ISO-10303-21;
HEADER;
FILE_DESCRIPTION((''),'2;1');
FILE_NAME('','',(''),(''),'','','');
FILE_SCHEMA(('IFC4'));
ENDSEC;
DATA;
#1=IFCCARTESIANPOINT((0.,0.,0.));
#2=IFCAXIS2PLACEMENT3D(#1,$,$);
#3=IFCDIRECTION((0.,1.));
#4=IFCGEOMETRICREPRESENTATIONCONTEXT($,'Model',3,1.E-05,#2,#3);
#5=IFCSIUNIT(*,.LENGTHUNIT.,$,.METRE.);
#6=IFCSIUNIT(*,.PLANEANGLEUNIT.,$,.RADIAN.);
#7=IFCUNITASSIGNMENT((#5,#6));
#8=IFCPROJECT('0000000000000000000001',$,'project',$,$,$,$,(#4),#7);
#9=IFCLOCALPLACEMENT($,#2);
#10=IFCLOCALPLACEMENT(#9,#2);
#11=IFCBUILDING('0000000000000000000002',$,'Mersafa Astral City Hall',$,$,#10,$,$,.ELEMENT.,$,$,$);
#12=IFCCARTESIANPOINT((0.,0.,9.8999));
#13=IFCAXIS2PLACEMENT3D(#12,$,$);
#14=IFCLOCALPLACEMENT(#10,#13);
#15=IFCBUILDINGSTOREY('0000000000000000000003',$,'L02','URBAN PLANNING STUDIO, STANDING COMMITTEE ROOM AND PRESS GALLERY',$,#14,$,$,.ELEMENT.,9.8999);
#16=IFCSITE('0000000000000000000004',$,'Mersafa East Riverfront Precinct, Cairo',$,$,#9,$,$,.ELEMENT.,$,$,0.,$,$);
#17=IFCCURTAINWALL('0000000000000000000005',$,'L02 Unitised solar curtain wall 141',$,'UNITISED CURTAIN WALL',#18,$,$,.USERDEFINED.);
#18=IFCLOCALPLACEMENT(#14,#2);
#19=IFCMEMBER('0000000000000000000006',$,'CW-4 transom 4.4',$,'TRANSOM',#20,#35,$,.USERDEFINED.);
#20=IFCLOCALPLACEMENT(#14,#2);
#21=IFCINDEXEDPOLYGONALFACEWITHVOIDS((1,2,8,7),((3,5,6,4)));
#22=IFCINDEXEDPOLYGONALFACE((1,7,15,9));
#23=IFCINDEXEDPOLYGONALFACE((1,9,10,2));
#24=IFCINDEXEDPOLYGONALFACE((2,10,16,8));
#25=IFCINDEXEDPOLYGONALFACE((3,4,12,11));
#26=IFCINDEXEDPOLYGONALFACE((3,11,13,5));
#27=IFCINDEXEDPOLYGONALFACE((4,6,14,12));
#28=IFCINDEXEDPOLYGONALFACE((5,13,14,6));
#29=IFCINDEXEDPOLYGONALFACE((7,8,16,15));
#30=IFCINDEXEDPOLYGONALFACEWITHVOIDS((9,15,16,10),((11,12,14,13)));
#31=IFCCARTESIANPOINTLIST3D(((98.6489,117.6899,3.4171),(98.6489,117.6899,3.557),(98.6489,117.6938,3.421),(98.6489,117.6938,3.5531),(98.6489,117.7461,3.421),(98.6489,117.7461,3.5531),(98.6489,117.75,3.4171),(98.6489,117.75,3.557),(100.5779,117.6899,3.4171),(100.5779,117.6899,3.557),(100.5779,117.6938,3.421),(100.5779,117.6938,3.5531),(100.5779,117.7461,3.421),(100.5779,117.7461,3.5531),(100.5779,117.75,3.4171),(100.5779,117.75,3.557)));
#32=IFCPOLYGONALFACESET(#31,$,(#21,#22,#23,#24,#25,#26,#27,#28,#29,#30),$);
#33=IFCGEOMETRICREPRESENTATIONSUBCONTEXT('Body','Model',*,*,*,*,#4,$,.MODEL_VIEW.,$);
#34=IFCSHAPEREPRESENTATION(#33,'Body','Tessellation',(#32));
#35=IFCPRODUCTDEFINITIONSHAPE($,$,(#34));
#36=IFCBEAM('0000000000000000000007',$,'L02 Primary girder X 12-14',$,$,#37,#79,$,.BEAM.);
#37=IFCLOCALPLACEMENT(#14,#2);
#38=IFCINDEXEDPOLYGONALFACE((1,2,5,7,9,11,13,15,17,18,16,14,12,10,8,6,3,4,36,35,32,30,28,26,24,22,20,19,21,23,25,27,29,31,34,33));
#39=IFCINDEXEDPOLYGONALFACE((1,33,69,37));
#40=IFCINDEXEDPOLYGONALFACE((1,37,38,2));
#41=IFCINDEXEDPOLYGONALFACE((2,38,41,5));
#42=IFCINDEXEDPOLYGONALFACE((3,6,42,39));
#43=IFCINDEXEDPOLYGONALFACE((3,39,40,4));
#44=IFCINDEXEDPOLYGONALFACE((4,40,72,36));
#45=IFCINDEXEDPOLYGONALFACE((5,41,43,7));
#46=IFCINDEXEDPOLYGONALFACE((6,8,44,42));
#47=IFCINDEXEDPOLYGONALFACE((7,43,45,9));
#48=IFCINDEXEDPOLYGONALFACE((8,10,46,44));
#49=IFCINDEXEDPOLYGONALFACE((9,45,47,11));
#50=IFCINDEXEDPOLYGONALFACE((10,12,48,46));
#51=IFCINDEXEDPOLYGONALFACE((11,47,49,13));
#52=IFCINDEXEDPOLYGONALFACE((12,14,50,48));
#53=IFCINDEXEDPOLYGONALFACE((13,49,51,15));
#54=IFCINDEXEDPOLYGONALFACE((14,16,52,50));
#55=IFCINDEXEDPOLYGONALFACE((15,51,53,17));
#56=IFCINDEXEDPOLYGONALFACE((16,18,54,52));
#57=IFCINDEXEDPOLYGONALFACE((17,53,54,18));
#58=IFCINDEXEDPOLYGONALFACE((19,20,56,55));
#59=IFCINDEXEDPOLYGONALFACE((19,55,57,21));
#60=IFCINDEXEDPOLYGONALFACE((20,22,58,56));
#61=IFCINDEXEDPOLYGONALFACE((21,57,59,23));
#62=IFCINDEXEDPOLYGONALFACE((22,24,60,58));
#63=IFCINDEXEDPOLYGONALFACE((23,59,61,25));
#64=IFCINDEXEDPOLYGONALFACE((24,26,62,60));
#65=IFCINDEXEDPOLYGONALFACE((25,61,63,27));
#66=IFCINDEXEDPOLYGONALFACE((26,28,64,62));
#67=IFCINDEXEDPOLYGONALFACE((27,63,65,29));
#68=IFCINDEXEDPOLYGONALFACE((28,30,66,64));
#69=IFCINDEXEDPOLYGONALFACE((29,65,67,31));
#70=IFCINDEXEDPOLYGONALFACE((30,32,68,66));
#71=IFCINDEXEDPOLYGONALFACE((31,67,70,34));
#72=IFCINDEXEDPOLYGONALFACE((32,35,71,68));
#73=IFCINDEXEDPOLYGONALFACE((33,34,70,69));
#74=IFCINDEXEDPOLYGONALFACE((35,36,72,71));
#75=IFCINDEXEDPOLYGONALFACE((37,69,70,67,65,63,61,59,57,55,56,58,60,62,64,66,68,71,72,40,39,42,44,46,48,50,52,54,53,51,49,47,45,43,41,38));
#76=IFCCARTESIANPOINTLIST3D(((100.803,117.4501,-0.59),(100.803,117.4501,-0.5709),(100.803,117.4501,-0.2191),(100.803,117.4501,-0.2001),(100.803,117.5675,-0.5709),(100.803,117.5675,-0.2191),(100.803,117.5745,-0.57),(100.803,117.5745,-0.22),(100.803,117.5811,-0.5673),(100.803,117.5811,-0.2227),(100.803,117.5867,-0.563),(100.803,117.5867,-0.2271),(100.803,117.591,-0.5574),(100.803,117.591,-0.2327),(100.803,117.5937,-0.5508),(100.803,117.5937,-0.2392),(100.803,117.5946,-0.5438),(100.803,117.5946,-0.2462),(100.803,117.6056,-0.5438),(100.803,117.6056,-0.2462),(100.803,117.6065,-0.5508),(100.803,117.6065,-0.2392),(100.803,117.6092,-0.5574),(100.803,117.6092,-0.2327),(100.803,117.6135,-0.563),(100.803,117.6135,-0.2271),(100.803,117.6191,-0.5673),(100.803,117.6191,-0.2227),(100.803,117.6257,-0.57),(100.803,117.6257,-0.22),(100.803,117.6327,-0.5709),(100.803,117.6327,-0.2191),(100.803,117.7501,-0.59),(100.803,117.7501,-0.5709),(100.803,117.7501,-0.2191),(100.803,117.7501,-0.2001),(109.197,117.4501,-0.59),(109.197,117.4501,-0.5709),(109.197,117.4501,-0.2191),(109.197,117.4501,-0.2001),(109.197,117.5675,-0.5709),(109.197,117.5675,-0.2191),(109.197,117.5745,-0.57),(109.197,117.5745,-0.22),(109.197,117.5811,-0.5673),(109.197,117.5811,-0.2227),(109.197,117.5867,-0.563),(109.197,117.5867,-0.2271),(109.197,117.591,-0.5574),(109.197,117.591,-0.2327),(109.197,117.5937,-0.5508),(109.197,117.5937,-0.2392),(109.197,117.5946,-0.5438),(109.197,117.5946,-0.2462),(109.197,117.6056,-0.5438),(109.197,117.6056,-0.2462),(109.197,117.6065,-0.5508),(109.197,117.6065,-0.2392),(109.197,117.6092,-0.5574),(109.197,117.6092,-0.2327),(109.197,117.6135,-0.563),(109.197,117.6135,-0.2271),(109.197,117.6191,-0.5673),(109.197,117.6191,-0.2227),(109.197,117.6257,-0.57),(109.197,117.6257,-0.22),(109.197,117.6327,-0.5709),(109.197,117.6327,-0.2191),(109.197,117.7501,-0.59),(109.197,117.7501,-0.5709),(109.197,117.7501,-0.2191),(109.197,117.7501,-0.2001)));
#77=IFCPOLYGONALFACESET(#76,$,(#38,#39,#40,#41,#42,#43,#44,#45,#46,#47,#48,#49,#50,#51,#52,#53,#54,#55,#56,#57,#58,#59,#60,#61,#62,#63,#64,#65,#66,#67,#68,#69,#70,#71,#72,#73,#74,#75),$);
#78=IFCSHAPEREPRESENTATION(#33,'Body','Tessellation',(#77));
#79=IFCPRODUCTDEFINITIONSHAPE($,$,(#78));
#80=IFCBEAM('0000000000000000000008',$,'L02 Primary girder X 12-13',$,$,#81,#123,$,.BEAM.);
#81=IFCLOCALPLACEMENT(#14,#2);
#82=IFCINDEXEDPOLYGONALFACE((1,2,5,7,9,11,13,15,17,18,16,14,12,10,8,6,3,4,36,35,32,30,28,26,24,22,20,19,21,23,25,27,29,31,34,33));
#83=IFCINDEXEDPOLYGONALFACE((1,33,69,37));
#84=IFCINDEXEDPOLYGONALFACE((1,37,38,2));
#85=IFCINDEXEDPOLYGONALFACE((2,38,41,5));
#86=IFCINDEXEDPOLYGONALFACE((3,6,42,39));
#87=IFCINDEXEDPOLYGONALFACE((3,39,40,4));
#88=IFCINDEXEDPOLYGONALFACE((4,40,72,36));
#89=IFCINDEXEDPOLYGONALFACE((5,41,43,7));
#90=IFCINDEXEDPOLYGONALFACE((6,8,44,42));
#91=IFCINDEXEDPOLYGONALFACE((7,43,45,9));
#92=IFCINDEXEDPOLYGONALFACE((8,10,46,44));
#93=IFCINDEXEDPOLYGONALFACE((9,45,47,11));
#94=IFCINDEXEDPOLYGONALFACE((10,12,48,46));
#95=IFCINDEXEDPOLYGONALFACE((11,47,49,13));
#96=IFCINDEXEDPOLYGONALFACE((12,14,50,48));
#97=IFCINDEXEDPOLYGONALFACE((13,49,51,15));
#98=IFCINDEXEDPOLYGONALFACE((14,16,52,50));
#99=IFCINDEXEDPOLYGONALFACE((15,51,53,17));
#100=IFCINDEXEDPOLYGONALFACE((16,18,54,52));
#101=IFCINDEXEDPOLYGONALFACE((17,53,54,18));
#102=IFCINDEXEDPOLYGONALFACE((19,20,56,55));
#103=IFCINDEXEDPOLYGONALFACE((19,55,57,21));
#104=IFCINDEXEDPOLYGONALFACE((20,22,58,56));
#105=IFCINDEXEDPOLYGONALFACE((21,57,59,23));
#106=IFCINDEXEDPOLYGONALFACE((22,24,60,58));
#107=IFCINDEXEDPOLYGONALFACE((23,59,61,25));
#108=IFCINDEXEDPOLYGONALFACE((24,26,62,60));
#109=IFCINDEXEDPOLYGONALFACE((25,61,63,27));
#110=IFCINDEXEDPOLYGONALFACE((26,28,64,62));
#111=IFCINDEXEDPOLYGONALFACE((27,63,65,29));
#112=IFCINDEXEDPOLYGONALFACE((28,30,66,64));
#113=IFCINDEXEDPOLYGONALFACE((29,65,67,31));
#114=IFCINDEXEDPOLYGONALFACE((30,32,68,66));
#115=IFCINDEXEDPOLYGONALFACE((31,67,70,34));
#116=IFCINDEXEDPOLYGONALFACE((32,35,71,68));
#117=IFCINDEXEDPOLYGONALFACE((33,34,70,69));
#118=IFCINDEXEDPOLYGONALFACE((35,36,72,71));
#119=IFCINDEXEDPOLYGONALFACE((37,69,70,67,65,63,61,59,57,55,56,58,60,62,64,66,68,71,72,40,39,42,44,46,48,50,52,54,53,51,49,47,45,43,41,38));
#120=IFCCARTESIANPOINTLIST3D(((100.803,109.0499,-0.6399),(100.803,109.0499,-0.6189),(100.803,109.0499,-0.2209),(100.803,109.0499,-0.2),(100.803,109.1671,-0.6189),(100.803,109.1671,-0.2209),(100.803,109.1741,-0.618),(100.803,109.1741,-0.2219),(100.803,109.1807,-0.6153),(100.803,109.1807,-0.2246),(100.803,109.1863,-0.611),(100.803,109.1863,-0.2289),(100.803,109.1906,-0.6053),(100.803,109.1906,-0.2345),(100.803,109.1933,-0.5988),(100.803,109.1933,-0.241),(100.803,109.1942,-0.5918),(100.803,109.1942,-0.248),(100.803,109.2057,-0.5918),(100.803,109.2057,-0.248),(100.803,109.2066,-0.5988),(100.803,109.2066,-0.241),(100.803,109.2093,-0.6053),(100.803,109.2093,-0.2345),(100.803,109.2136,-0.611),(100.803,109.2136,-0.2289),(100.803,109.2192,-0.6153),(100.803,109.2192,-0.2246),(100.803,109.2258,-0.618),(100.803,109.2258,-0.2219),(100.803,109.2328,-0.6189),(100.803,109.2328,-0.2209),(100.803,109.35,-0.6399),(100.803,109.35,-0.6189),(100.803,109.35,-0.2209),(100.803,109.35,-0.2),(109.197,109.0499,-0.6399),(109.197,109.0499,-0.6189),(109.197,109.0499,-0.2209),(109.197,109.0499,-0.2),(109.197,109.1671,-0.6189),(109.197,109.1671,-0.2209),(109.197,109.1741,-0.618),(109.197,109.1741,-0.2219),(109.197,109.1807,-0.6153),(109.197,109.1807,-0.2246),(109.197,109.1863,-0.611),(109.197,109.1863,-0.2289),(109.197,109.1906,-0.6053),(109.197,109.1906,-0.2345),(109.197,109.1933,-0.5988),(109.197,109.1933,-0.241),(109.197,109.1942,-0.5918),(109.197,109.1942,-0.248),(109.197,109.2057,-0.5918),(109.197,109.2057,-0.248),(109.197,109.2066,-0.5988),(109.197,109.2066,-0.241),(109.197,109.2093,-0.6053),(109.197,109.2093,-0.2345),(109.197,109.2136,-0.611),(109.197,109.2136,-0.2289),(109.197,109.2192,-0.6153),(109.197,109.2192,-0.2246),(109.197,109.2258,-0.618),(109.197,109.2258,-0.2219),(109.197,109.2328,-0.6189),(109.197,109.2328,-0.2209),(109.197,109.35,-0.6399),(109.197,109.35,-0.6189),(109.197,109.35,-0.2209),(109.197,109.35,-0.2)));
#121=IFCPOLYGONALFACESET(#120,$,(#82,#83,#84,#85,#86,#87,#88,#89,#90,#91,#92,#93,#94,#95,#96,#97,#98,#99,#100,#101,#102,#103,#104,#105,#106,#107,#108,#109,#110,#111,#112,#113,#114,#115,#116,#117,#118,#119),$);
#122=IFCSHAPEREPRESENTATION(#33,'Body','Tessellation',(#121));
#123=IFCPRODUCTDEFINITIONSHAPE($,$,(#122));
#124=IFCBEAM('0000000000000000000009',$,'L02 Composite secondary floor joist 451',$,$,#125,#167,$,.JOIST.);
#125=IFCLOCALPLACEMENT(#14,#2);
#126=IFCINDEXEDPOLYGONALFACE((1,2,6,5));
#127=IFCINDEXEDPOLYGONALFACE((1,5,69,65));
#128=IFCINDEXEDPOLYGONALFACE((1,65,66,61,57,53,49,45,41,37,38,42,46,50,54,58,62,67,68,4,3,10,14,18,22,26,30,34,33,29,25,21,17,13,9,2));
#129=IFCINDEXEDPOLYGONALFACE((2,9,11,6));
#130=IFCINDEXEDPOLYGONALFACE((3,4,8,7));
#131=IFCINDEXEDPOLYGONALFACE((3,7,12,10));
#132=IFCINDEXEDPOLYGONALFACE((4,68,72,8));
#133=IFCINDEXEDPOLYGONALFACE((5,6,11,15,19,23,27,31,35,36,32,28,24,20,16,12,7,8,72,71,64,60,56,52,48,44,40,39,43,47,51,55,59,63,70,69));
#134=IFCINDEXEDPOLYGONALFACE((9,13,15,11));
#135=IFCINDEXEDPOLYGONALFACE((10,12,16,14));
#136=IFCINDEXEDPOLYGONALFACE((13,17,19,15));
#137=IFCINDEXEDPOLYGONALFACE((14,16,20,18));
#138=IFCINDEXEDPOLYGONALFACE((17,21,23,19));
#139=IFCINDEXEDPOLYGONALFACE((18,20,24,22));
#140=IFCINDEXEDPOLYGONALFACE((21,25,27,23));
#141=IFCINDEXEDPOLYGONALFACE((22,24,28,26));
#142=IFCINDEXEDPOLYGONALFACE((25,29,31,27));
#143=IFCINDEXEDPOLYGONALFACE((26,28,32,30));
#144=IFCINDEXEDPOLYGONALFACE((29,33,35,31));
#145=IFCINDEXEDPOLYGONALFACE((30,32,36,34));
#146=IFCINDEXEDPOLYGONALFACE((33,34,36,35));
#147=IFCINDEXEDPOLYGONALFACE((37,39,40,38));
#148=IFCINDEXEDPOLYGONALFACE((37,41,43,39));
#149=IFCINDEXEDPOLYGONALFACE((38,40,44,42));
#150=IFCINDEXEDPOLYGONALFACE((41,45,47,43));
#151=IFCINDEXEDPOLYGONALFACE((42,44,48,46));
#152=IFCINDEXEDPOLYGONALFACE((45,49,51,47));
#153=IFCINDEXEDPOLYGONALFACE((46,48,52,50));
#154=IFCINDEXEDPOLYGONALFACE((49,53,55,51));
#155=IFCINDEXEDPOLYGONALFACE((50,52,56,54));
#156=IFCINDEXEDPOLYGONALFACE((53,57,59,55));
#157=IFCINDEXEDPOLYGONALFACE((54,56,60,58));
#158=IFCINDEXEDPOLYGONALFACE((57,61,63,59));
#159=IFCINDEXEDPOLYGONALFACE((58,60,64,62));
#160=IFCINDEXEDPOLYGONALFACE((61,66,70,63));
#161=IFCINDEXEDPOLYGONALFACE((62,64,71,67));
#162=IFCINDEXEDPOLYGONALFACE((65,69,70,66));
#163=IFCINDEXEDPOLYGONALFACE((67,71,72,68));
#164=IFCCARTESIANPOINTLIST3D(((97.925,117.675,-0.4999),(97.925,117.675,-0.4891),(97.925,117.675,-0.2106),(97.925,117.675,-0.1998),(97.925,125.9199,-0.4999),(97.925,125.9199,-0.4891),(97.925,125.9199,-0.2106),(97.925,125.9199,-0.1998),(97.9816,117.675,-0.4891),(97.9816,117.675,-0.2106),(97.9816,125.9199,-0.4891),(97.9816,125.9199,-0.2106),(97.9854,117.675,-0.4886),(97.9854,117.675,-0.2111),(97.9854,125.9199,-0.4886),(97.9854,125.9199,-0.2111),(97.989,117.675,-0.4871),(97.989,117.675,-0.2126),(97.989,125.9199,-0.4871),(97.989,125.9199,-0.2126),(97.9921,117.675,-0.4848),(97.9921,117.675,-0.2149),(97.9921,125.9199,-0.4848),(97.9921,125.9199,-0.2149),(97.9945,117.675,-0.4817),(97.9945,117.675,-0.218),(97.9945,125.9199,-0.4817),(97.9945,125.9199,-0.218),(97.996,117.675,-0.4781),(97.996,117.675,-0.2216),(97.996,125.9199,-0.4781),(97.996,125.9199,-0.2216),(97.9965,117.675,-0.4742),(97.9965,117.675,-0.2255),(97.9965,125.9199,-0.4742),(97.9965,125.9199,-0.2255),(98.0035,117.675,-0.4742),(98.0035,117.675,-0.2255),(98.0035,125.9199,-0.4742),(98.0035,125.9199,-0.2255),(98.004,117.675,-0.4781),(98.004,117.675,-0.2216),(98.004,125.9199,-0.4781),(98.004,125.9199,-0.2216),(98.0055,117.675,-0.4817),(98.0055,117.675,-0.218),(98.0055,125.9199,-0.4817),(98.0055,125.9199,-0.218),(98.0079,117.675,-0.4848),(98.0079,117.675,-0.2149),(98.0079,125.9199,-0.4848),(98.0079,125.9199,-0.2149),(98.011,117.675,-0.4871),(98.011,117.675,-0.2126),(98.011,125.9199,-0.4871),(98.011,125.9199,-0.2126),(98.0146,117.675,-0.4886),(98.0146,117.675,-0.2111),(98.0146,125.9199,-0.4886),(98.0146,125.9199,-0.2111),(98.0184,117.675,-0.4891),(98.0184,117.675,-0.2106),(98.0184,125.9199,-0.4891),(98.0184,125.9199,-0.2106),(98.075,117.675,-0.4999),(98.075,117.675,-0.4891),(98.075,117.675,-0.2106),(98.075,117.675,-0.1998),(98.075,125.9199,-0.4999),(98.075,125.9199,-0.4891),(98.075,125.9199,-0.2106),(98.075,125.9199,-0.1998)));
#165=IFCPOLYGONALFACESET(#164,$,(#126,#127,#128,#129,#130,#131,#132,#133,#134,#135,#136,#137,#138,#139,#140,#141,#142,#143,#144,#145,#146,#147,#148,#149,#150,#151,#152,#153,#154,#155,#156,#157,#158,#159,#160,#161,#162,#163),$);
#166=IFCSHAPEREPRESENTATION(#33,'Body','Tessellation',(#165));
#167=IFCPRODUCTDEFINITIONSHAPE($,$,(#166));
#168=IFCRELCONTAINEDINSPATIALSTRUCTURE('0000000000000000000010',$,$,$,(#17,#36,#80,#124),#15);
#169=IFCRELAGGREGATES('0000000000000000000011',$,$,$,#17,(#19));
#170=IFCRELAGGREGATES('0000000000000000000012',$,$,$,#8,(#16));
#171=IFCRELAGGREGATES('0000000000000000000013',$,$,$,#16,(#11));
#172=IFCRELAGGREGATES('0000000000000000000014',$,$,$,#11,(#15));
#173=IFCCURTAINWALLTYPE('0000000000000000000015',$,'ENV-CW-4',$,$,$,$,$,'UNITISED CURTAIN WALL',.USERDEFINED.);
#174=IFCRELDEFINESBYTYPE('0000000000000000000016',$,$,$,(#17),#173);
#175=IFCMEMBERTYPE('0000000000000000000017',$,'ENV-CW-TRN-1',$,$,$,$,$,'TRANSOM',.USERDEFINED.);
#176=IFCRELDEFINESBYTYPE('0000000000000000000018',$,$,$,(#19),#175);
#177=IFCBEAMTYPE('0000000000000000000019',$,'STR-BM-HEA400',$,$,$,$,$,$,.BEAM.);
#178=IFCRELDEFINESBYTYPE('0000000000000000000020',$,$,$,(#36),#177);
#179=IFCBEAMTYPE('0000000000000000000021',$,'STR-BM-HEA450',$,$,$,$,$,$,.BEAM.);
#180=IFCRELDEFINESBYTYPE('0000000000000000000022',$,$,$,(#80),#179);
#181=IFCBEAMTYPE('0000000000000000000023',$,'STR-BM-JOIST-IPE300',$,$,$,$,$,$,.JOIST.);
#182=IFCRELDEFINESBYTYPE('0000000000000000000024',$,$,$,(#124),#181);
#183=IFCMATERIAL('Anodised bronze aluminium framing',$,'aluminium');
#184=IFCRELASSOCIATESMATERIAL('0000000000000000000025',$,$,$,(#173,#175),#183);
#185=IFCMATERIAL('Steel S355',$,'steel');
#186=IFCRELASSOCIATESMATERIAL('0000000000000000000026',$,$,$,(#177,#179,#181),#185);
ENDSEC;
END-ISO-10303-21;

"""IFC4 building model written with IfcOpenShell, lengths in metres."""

from ifc_helpers import new_model, si_unit, direction, frame, origin, origin_2d, place, context, subcontext, project, spatial, hollow_rectangle, i_section, extrude, material, material_profile, profile_set, type_object, element, aggregate, save


model = new_model("IFC4")

# Units and contexts
model_context = context("Model", 3, precision=1e-05, world=origin(), true_north=direction((0.0, 1.0)))
body_context = subcontext(model_context, "Body", "Model", "MODEL_VIEW")
ifc_project = project(units=[si_unit("LENGTHUNIT", "METRE"), si_unit("PLANEANGLEUNIT", "RADIAN")], contexts=[model_context])

# Site, building, storey
site_placement = place(None, origin())
site = spatial("IfcSite", under=ifc_project, at=site_placement, Name="Mersafa East Riverfront Precinct, Cairo", CompositionType="ELEMENT", RefElevation=0.0)
building_placement = place(site_placement, origin())
building = spatial("IfcBuilding", under=site, at=building_placement, Name="Mersafa Astral City Hall", CompositionType="ELEMENT")
storey_placement = place(building_placement, frame((0.0, 0.0, 9.8999)))
storey = spatial("IfcBuildingStorey", under=building, at=storey_placement, Name="L02", Description="URBAN PLANNING STUDIO, STANDING COMMITTEE ROOM AND PRESS GALLERY", CompositionType="ELEMENT", Elevation=9.8999)

# Shared definitions
ifc_material_1 = material(Name="Steel S355", Category="steel")

# Curtain wall
ifc_material_2 = material(Name="Anodised bronze aluminium framing", Category="aluminium")
curtain_wall_type_1 = type_object("IfcCurtainWallType", Name="ENV-CW-4", ElementType="UNITISED CURTAIN WALL", PredefinedType="USERDEFINED", material=ifc_material_2)
curtain_wall_1_placement = place(storey_placement, origin())
curtain_wall_1 = element("IfcCurtainWall", 1, at=curtain_wall_1_placement, inside=storey, type_object=curtain_wall_type_1, Name="L02 Unitised solar curtain wall 141", ObjectType="UNITISED CURTAIN WALL", PredefinedType="USERDEFINED")

# Member
ifc_material_profile_1 = material_profile(ifc_material_2, hollow_rectangle(XDim=0.0601, YDim=0.1399, WallThickness=0.0039, at=origin_2d()), Name="RHS 60x140x4")
ifc_profile_set_1 = profile_set([ifc_material_profile_1], Name="Anodised bronze aluminium framing")
member_type_1 = type_object("IfcMemberType", Name="ENV-CW-TRN-1", ElementType="TRANSOM", PredefinedType="USERDEFINED", material=ifc_profile_set_1)
member_1_placement = place(storey_placement, frame((98.6489, 117.72, 3.4871), z_axis=(1.0, 0.0, 0.0), x_axis=(0.0, 1.0, 0.0)))
member_1 = element("IfcMember", 2, at=member_1_placement, type_object=member_type_1, Name="CW-4 transom 4.4", ObjectType="TRANSOM", PredefinedType="USERDEFINED", context=body_context, shape_type="SweptSolid", body=[
    extrude(hollow_rectangle(XDim=0.0601, YDim=0.1399, WallThickness=0.0039, at=origin_2d()), origin(), (0.0, 0.0, 1.0), 1.929),
])

# Beams
ifc_material_profile_2 = material_profile(ifc_material_1, i_section(OverallWidth=0.3, OverallDepth=0.3899, WebThickness=0.011, FlangeThickness=0.019, FilletRadius=0.0271, at=origin_2d()), Name="HEA 400")
ifc_profile_set_2 = profile_set([ifc_material_profile_2], Name="Steel S355")
beam_type_1 = type_object("IfcBeamType", Name="STR-BM-HEA400", PredefinedType="BEAM", material=ifc_profile_set_2)
beam_1_placement = place(storey_placement, frame((100.803, 117.6001, -0.395), z_axis=(1.0, 0.0, 0.0), x_axis=(0.0, 1.0, 0.0)))
element("IfcBeam", 3, at=beam_1_placement, inside=storey, type_object=beam_type_1, Name="L02 Primary girder X 12-14", PredefinedType="BEAM", context=body_context, shape_type="SweptSolid", body=[
    extrude(i_section(OverallWidth=0.3, OverallDepth=0.3899, WebThickness=0.011, FlangeThickness=0.019, FilletRadius=0.0271, at=origin_2d()), origin(), (0.0, 0.0, 1.0), 8.394),
])
ifc_material_profile_3 = material_profile(ifc_material_1, i_section(OverallWidth=0.3, OverallDepth=0.4399, WebThickness=0.0115, FlangeThickness=0.021, FilletRadius=0.0271, at=origin_2d()), Name="HEA 450")
ifc_profile_set_3 = profile_set([ifc_material_profile_3], Name="Steel S355")
beam_type_2 = type_object("IfcBeamType", Name="STR-BM-HEA450", PredefinedType="BEAM", material=ifc_profile_set_3)
beam_2_placement = place(storey_placement, frame((100.803, 109.2, -0.4199), z_axis=(1.0, 0.0, 0.0), x_axis=(0.0, 1.0, 0.0)))
element("IfcBeam", 4, at=beam_2_placement, inside=storey, type_object=beam_type_2, Name="L02 Primary girder X 12-13", PredefinedType="BEAM", context=body_context, shape_type="SweptSolid", body=[
    extrude(i_section(OverallWidth=0.3, OverallDepth=0.4399, WebThickness=0.0115, FlangeThickness=0.021, FilletRadius=0.0271, at=origin_2d()), origin(), (0.0, 0.0, 1.0), 8.394),
])
ifc_material_profile_4 = material_profile(ifc_material_1, i_section(OverallWidth=0.1499, OverallDepth=0.3, WebThickness=0.0071, FlangeThickness=0.0107, FilletRadius=0.0149, at=origin_2d()), Name="IPE 300")
ifc_profile_set_4 = profile_set([ifc_material_profile_4], Name="Steel S355")
beam_type_3 = type_object("IfcBeamType", Name="STR-BM-JOIST-IPE300", PredefinedType="JOIST", material=ifc_profile_set_4)
beam_3_placement = place(storey_placement, frame((98.0, 117.675, -0.3499), z_axis=(0.0, 1.0, 0.0), x_axis=(-1.0, 0.0, 0.0)))
element("IfcBeam", 5, at=beam_3_placement, inside=storey, type_object=beam_type_3, Name="L02 Composite secondary floor joist 451", PredefinedType="JOIST", context=body_context, shape_type="SweptSolid", body=[
    extrude(i_section(OverallWidth=0.1499, OverallDepth=0.3, WebThickness=0.0071, FlangeThickness=0.0107, FilletRadius=0.0149, at=origin_2d()), origin(), (0.0, 0.0, 1.0), 8.2449),
])

aggregate(curtain_wall_1, [member_1])

save(model, "model.ifc")
